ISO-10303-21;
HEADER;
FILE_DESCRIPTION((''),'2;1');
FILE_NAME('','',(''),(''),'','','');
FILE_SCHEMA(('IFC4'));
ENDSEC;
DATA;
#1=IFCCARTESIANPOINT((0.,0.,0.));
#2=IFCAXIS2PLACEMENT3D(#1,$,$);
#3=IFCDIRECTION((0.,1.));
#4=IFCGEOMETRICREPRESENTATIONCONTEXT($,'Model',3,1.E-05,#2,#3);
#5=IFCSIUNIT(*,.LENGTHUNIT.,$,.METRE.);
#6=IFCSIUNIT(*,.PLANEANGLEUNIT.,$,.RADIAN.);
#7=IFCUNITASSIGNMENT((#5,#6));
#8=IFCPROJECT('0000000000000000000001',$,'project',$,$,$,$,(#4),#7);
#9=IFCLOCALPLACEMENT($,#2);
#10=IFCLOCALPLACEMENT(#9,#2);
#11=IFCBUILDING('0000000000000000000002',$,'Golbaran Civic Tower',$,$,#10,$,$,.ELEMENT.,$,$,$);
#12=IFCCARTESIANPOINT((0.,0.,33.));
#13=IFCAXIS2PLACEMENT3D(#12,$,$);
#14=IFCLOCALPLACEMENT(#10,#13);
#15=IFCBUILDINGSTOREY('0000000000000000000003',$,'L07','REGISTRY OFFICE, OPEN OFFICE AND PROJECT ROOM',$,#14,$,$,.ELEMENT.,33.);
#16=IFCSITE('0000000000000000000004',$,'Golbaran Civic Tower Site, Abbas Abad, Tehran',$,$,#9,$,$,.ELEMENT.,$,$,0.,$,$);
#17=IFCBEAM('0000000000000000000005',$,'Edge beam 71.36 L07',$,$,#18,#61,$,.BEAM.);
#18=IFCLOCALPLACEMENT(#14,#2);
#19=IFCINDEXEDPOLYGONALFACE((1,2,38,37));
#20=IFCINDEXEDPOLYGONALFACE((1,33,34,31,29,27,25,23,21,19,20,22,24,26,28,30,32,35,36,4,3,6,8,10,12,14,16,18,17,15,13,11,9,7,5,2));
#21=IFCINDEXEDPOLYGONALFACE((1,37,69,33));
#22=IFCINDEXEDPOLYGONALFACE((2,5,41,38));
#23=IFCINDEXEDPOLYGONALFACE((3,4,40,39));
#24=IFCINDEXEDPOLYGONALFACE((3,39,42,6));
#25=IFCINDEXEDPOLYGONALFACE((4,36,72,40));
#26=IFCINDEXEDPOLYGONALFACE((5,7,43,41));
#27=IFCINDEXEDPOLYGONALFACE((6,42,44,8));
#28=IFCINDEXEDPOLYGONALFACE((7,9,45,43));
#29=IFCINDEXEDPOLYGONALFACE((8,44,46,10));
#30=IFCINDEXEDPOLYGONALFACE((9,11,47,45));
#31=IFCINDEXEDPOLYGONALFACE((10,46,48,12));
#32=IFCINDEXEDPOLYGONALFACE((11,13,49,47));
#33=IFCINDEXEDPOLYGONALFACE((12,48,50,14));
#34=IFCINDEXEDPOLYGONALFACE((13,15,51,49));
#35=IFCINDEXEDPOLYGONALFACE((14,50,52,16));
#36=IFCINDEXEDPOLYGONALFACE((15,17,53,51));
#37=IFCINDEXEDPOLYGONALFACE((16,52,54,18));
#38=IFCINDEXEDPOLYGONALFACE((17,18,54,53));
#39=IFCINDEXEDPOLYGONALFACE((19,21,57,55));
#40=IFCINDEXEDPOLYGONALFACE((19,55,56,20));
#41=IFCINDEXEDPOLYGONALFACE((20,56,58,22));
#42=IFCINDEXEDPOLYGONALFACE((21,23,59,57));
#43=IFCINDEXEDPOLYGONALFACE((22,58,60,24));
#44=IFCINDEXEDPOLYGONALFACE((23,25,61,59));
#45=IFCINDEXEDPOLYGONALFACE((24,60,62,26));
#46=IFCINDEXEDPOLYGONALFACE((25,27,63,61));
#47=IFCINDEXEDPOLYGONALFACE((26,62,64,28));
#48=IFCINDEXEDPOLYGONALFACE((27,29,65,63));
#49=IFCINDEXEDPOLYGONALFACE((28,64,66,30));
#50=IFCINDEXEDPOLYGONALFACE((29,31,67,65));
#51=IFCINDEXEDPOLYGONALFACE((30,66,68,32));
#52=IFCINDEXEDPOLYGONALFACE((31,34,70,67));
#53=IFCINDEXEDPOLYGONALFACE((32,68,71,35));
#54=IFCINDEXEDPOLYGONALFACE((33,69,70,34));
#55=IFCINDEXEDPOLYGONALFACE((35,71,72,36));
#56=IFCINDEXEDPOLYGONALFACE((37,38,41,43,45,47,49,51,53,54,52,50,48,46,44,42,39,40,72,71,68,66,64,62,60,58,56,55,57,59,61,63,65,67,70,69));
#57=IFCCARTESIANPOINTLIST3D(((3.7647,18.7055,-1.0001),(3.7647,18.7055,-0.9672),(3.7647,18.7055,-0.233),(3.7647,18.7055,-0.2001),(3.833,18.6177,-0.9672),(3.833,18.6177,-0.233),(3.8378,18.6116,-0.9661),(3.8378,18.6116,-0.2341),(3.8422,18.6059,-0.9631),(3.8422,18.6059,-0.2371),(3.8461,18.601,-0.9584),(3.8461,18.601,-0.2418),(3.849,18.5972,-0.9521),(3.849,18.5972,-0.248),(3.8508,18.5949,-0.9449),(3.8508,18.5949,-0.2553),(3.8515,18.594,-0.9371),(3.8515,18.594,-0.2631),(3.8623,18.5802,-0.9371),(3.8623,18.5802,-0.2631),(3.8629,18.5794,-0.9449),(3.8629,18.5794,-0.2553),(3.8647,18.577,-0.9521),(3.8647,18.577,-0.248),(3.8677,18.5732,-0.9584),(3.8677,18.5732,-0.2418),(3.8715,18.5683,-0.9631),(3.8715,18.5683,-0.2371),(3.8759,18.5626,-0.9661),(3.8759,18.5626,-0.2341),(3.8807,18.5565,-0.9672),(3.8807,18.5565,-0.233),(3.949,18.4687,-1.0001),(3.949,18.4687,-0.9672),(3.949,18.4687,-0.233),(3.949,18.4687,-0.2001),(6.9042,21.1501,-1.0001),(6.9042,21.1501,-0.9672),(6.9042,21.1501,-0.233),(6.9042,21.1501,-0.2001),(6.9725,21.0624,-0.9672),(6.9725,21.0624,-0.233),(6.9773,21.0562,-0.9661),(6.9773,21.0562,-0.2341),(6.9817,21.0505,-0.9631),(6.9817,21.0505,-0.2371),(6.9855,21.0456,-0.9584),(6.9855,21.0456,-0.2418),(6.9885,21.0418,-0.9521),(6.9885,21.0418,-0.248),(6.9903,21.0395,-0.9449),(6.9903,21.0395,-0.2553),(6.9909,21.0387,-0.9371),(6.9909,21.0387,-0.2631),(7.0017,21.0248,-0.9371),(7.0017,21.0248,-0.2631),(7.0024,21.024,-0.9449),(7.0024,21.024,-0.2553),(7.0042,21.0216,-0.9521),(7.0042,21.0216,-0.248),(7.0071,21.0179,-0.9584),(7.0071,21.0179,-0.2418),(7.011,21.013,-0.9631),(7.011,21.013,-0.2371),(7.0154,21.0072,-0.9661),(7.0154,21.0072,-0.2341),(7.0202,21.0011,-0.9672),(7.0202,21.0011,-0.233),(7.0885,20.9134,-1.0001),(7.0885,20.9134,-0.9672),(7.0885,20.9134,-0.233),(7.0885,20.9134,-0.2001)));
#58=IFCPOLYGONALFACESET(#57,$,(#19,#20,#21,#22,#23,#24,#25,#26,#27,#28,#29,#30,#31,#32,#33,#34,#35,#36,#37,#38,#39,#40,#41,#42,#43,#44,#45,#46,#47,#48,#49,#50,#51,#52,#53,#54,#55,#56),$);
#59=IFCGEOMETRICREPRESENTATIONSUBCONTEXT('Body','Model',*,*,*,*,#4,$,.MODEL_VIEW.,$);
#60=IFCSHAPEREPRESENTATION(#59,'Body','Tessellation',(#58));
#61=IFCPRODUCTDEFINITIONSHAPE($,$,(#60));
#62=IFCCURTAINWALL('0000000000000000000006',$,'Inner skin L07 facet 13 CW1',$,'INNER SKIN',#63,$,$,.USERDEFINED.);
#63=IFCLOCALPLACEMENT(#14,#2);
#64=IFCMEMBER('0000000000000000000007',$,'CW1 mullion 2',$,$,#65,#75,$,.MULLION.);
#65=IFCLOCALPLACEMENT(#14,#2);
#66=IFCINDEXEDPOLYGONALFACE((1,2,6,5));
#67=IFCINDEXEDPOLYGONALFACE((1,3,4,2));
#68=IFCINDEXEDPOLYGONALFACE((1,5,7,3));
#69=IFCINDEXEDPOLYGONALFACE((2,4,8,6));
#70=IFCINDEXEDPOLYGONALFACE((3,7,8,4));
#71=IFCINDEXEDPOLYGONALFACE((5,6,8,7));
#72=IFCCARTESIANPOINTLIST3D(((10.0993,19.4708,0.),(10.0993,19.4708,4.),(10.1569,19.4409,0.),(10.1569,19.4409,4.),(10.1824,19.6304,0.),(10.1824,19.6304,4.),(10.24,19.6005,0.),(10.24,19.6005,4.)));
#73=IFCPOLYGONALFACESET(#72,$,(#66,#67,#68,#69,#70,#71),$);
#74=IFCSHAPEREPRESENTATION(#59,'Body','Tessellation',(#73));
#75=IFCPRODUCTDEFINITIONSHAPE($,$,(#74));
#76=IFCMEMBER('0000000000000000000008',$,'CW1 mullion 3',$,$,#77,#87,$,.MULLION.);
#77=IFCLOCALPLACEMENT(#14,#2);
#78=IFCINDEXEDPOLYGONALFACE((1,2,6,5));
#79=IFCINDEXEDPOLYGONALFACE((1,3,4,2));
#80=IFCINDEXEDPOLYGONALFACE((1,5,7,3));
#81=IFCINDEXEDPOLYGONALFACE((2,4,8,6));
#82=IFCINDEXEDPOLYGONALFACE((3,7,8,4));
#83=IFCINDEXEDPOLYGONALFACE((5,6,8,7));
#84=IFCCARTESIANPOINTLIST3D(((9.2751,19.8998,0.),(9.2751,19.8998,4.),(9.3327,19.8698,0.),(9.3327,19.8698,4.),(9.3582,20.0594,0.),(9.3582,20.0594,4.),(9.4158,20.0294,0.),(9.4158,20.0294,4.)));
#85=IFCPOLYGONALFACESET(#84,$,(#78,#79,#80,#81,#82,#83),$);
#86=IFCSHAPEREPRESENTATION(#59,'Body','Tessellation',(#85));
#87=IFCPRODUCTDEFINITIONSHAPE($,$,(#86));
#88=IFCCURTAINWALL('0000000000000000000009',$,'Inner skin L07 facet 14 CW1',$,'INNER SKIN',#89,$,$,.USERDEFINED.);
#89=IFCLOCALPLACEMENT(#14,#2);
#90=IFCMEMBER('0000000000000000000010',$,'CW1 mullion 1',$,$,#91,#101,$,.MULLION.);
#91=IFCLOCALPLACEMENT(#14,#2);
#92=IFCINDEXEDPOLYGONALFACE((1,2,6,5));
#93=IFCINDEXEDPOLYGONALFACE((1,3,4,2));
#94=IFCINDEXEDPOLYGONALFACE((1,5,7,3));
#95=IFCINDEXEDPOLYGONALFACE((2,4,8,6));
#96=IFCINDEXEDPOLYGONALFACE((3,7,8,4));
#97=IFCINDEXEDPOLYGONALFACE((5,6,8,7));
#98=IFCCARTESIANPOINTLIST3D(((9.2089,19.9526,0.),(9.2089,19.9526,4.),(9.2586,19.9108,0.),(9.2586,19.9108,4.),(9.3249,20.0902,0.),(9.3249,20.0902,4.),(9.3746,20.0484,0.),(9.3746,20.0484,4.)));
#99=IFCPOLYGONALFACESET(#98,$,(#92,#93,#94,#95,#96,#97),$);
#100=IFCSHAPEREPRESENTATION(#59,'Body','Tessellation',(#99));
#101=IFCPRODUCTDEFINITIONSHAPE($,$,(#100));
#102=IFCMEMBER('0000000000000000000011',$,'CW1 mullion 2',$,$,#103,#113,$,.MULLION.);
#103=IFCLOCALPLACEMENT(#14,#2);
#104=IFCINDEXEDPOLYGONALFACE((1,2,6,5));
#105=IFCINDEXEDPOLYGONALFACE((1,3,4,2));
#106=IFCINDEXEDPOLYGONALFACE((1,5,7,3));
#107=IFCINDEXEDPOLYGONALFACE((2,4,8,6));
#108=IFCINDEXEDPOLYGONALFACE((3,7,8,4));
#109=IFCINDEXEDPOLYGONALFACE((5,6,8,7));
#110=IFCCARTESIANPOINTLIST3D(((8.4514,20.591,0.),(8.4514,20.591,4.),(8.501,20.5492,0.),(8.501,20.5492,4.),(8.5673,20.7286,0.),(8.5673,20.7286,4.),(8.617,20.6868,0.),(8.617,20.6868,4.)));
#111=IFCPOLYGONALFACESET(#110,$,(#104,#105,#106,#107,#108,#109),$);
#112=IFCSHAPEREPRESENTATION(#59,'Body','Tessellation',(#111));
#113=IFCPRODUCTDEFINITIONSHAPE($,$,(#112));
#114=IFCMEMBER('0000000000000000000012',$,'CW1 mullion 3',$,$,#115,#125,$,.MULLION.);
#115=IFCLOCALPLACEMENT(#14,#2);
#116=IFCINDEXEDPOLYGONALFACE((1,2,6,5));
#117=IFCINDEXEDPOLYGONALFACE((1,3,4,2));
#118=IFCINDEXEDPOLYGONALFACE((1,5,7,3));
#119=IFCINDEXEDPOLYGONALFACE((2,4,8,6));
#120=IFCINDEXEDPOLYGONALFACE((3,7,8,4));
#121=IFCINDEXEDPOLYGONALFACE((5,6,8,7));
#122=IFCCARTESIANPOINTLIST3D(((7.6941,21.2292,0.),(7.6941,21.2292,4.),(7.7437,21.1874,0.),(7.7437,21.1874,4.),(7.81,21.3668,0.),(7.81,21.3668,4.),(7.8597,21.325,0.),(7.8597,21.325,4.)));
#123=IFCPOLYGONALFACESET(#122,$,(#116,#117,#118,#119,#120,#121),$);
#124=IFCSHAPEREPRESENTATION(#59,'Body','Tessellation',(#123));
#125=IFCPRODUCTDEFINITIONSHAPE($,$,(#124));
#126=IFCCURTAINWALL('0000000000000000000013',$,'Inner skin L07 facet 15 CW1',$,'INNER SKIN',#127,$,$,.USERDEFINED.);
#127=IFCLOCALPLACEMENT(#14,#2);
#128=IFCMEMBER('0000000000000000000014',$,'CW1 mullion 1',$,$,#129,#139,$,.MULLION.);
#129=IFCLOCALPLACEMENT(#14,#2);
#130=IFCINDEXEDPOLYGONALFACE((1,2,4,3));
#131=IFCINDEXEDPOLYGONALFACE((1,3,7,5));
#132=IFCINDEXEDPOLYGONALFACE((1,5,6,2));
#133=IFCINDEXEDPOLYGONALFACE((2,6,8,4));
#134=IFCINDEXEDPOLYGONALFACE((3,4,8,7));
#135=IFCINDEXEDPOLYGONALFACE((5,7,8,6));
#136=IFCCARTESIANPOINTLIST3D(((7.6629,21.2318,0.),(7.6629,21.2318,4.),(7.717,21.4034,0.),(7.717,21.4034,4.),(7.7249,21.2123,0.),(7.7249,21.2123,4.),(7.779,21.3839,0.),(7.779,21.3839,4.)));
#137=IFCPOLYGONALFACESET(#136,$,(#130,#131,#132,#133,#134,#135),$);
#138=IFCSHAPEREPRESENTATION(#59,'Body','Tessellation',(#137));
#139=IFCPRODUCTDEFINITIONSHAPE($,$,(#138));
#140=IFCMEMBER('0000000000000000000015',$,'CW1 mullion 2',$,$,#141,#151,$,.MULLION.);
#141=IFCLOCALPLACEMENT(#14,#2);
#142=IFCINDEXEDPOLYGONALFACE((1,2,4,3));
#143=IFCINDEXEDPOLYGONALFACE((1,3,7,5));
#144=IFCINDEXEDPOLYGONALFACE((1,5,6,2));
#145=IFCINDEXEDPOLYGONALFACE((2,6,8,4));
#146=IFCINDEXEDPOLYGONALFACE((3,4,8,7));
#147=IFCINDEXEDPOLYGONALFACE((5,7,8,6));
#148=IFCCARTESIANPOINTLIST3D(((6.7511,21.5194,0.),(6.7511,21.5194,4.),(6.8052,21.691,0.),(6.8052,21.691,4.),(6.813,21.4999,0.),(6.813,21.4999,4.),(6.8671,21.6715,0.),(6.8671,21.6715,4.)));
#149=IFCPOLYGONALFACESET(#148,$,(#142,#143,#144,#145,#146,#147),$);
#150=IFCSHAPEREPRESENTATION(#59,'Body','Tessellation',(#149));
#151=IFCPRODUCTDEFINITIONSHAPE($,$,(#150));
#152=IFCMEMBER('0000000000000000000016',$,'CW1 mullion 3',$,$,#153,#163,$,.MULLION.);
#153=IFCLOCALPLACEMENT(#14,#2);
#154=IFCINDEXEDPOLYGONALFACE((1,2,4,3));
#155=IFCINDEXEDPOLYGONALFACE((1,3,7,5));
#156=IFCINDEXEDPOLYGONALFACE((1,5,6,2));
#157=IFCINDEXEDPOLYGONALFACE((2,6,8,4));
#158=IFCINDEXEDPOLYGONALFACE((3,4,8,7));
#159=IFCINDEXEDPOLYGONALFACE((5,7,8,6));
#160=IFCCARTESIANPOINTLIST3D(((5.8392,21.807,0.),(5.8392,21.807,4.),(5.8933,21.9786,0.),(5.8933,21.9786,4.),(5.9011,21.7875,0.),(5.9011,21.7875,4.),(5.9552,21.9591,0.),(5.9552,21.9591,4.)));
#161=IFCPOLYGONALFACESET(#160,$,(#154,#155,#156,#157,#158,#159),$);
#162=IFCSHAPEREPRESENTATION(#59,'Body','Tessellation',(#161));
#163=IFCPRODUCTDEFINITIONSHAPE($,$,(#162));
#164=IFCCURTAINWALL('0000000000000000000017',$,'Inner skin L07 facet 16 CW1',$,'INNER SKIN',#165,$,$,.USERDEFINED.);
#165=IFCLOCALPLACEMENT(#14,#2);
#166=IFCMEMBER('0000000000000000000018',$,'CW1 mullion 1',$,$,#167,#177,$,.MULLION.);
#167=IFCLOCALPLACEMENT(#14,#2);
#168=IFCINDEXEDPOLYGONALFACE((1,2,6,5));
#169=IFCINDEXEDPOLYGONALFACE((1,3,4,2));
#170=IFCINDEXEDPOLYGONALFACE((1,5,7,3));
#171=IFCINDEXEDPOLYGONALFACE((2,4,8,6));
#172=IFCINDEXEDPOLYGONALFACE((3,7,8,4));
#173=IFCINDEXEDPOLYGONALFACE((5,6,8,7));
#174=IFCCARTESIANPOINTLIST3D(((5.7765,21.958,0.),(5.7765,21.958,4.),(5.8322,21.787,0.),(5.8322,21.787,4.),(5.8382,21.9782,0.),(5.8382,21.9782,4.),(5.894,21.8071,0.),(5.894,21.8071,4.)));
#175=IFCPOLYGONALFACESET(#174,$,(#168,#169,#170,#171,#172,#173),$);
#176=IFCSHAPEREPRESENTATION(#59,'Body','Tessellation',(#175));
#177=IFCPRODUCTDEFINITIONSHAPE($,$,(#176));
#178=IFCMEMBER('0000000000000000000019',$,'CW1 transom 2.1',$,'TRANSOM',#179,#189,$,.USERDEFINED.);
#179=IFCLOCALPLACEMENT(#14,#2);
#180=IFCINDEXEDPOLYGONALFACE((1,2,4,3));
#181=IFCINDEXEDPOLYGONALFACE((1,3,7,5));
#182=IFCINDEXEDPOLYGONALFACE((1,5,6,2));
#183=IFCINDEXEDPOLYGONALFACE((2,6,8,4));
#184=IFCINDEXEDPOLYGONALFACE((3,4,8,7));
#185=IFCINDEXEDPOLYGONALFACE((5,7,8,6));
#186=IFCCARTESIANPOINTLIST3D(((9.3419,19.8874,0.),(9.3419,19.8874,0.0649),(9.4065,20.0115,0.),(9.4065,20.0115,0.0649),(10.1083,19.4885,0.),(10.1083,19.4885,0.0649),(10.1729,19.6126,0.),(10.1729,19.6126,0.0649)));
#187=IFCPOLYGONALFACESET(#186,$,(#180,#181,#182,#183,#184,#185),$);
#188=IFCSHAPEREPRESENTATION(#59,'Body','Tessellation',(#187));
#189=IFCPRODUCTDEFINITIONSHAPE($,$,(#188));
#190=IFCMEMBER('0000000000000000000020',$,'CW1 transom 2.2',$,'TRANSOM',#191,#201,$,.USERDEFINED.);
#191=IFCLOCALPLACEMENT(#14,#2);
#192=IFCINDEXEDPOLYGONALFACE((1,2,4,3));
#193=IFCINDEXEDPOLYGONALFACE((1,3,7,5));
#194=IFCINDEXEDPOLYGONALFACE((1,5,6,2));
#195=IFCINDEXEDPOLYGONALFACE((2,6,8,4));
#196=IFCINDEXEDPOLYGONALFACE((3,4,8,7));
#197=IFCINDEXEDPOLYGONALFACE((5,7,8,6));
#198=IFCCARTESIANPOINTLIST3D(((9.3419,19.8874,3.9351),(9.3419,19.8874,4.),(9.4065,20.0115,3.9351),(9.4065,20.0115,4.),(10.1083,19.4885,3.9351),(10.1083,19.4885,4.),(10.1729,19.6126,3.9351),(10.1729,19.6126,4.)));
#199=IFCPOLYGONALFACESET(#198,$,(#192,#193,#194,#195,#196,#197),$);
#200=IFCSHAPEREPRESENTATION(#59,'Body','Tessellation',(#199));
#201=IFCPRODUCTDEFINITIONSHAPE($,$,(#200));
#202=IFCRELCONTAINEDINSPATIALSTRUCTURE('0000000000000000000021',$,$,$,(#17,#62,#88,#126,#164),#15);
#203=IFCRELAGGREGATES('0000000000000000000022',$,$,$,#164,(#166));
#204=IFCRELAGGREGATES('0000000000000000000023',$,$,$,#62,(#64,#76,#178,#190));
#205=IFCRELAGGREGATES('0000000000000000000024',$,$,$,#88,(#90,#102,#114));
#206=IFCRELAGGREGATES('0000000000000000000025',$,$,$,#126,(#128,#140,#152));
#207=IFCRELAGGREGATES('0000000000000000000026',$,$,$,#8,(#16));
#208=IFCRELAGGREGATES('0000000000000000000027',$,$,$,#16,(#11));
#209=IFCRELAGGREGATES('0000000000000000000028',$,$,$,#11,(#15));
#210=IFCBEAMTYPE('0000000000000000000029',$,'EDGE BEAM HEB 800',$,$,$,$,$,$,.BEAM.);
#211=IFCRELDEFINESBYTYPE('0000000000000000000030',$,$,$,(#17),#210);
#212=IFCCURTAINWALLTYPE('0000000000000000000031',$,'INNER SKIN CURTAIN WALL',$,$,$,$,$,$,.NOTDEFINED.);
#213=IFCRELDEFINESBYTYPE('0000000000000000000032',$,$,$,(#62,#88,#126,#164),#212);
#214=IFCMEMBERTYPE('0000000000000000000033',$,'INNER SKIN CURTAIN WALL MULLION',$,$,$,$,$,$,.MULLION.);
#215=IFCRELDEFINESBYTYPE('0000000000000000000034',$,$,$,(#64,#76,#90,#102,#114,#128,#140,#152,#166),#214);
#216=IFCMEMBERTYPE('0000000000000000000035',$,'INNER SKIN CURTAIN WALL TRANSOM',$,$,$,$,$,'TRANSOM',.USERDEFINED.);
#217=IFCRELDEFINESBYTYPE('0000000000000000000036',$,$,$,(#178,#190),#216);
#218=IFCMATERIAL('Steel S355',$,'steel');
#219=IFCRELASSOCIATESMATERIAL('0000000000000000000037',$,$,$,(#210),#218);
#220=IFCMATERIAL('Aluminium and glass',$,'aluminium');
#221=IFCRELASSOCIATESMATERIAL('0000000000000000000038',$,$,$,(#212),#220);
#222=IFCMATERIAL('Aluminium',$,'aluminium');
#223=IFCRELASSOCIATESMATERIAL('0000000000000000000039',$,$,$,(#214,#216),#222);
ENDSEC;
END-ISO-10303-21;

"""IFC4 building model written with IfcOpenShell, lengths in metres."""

from ifc_helpers import new_model, si_unit, direction, frame, origin, origin_2d, place, context, subcontext, project, spatial, rectangle, i_section, extrude, material, material_profile, profile_set, type_object, element, aggregate, save


model = new_model("IFC4")

# Units and contexts
model_context = context("Model", 3, precision=1e-05, world=origin(), true_north=direction((0.0, 1.0)))
body_context = subcontext(model_context, "Body", "Model", "MODEL_VIEW")
ifc_project = project(units=[si_unit("LENGTHUNIT", "METRE"), si_unit("PLANEANGLEUNIT", "RADIAN")], contexts=[model_context])

# Site, building, storey
site_placement = place(None, origin())
site = spatial("IfcSite", under=ifc_project, at=site_placement, Name="Golbaran Civic Tower Site, Abbas Abad, Tehran", CompositionType="ELEMENT", RefElevation=0.0)
building_placement = place(site_placement, origin())
building = spatial("IfcBuilding", under=site, at=building_placement, Name="Golbaran Civic Tower", CompositionType="ELEMENT")
storey_placement = place(building_placement, frame((0.0, 0.0, 33.0)))
storey = spatial("IfcBuildingStorey", under=building, at=storey_placement, Name="L07", Description="REGISTRY OFFICE, OPEN OFFICE AND PROJECT ROOM", CompositionType="ELEMENT", Elevation=33.0)

# Beam
ifc_material_1 = material(Name="Steel S355", Category="steel")
ifc_material_profile_1 = material_profile(ifc_material_1, i_section(OverallWidth=0.3, OverallDepth=0.8, WebThickness=0.0176, FlangeThickness=0.033, FilletRadius=0.03, at=origin_2d()), Name="HEB 800")
ifc_profile_set_1 = profile_set([ifc_material_profile_1], Name="Steel S355")
beam_type = type_object("IfcBeamType", Name="EDGE BEAM HEB 800", PredefinedType="BEAM", material=ifc_profile_set_1)
beam_placement = place(storey_placement, frame((6.9963, 21.0317, -0.6001), z_axis=(-0.789008, -0.614382, 0.0), x_axis=(0.614382, -0.789008, 0.0)))
element("IfcBeam", 1, at=beam_placement, inside=storey, type_object=beam_type, Name="Edge beam 71.36 L07", PredefinedType="BEAM", context=body_context, shape_type="SweptSolid", body=[
    extrude(i_section(OverallWidth=0.3, OverallDepth=0.8, WebThickness=0.0176, FlangeThickness=0.033, FilletRadius=0.03, at=origin_2d()), origin(), (0.0, 0.0, 1.0), 3.979),
])

# Curtain walls, members
ifc_material_2 = material(Name="Aluminium and glass", Category="aluminium")
curtain_wall_type = type_object("IfcCurtainWallType", Name="INNER SKIN CURTAIN WALL", PredefinedType="NOTDEFINED", material=ifc_material_2)
curtain_wall_1_placement = place(storey_placement, origin())
curtain_wall_1 = element("IfcCurtainWall", 2, at=curtain_wall_1_placement, inside=storey, type_object=curtain_wall_type, Name="Inner skin L07 facet 13 CW1", ObjectType="INNER SKIN", PredefinedType="USERDEFINED")
ifc_material_3 = material(Name="Aluminium", Category="aluminium")
ifc_material_profile_2 = material_profile(ifc_material_3, rectangle(XDim=0.1799, YDim=0.0649, at=origin_2d()), Name="INNER SKIN CURTAIN WALL MULLION")
ifc_profile_set_2 = profile_set([ifc_material_profile_2], Name="Aluminium")
member_type_1 = type_object("IfcMemberType", Name="INNER SKIN CURTAIN WALL MULLION", PredefinedType="MULLION", material=ifc_profile_set_2)
member_1_placement = place(storey_placement, frame((10.1697, 19.5356, 0.0), z_axis=(0.0, 0.0, 1.0), x_axis=(-0.461749, -0.887011, 0.0)))
member_1 = element("IfcMember", 3, at=member_1_placement, type_object=member_type_1, Name="CW1 mullion 2", PredefinedType="MULLION", context=body_context, shape_type="SweptSolid", body=[
    extrude(rectangle(XDim=0.1799, YDim=0.0649, at=origin_2d()), origin(), (0.0, 0.0, 1.0), 4.0),
])
member_2_placement = place(storey_placement, frame((9.3455, 19.9646, 0.0), z_axis=(0.0, 0.0, 1.0), x_axis=(-0.461749, -0.887011, 0.0)))
member_2 = element("IfcMember", 4, at=member_2_placement, type_object=member_type_1, Name="CW1 mullion 3", PredefinedType="MULLION", context=body_context, shape_type="SweptSolid", body=[
    extrude(rectangle(XDim=0.1799, YDim=0.0649, at=origin_2d()), origin(), (0.0, 0.0, 1.0), 4.0),
])
curtain_wall_2_placement = place(storey_placement, origin())
curtain_wall_2 = element("IfcCurtainWall", 5, at=curtain_wall_2_placement, inside=storey, type_object=curtain_wall_type, Name="Inner skin L07 facet 14 CW1", ObjectType="INNER SKIN", PredefinedType="USERDEFINED")
member_3_placement = place(storey_placement, frame((9.2917, 20.0005, 0.0), z_axis=(0.0, 0.0, 1.0), x_axis=(-0.644395, -0.764692, 0.0)))
member_3 = element("IfcMember", 6, at=member_3_placement, type_object=member_type_1, Name="CW1 mullion 1", PredefinedType="MULLION", context=body_context, shape_type="SweptSolid", body=[
    extrude(rectangle(XDim=0.1799, YDim=0.0649, at=origin_2d()), origin(), (0.0, 0.0, 1.0), 4.0),
])
member_4_placement = place(storey_placement, frame((8.5342, 20.6389, 0.0), z_axis=(0.0, 0.0, 1.0), x_axis=(-0.644395, -0.764692, 0.0)))
member_4 = element("IfcMember", 7, at=member_4_placement, type_object=member_type_1, Name="CW1 mullion 2", PredefinedType="MULLION", context=body_context, shape_type="SweptSolid", body=[
    extrude(rectangle(XDim=0.1799, YDim=0.0649, at=origin_2d()), origin(), (0.0, 0.0, 1.0), 4.0),
])
member_5_placement = place(storey_placement, frame((7.7769, 21.2771, 0.0), z_axis=(0.0, 0.0, 1.0), x_axis=(-0.644395, -0.764692, 0.0)))
member_5 = element("IfcMember", 8, at=member_5_placement, type_object=member_type_1, Name="CW1 mullion 3", PredefinedType="MULLION", context=body_context, shape_type="SweptSolid", body=[
    extrude(rectangle(XDim=0.1799, YDim=0.0649, at=origin_2d()), origin(), (0.0, 0.0, 1.0), 4.0),
])
curtain_wall_3_placement = place(storey_placement, origin())
curtain_wall_3 = element("IfcCurtainWall", 9, at=curtain_wall_3_placement, inside=storey, type_object=curtain_wall_type, Name="Inner skin L07 facet 15 CW1", ObjectType="INNER SKIN", PredefinedType="USERDEFINED")
member_6_placement = place(storey_placement, frame((7.7209, 21.3079, 0.0), z_axis=(0.0, 0.0, 1.0), x_axis=(-0.300706, -0.953717, 0.0)))
member_6 = element("IfcMember", 10, at=member_6_placement, type_object=member_type_1, Name="CW1 mullion 1", PredefinedType="MULLION", context=body_context, shape_type="SweptSolid", body=[
    extrude(rectangle(XDim=0.1799, YDim=0.0649, at=origin_2d()), origin(), (0.0, 0.0, 1.0), 4.0),
])
member_7_placement = place(storey_placement, frame((6.8091, 21.5955, 0.0), z_axis=(0.0, 0.0, 1.0), x_axis=(-0.300706, -0.953717, 0.0)))
member_7 = element("IfcMember", 11, at=member_7_placement, type_object=member_type_1, Name="CW1 mullion 2", PredefinedType="MULLION", context=body_context, shape_type="SweptSolid", body=[
    extrude(rectangle(XDim=0.1799, YDim=0.0649, at=origin_2d()), origin(), (0.0, 0.0, 1.0), 4.0),
])
member_8_placement = place(storey_placement, frame((5.8972, 21.8831, 0.0), z_axis=(0.0, 0.0, 1.0), x_axis=(-0.300706, -0.953717, 0.0)))
member_8 = element("IfcMember", 12, at=member_8_placement, type_object=member_type_1, Name="CW1 mullion 3", PredefinedType="MULLION", context=body_context, shape_type="SweptSolid", body=[
    extrude(rectangle(XDim=0.1799, YDim=0.0649, at=origin_2d()), origin(), (0.0, 0.0, 1.0), 4.0),
])

# Curtain wall, member
curtain_wall_4_placement = place(storey_placement, origin())
curtain_wall_4 = element("IfcCurtainWall", 13, at=curtain_wall_4_placement, inside=storey, type_object=curtain_wall_type, Name="Inner skin L07 facet 16 CW1", ObjectType="INNER SKIN", PredefinedType="USERDEFINED")
member_9_placement = place(storey_placement, frame((5.8352, 21.8826, 0.0), z_axis=(0.0, 0.0, 1.0), x_axis=(0.309925, -0.950761, 0.0)))
member_9 = element("IfcMember", 14, at=member_9_placement, type_object=member_type_1, Name="CW1 mullion 1", PredefinedType="MULLION", context=body_context, shape_type="SweptSolid", body=[
    extrude(rectangle(XDim=0.1799, YDim=0.0649, at=origin_2d()), origin(), (0.0, 0.0, 1.0), 4.0),
])

# Members
ifc_material_profile_3 = material_profile(ifc_material_3, rectangle(XDim=0.1399, YDim=0.0649, at=origin_2d()), Name="INNER SKIN CURTAIN WALL TRANSOM")
ifc_profile_set_3 = profile_set([ifc_material_profile_3], Name="Aluminium")
member_type_2 = type_object("IfcMemberType", Name="INNER SKIN CURTAIN WALL TRANSOM", ElementType="TRANSOM", PredefinedType="USERDEFINED", material=ifc_profile_set_3)
member_10_placement = place(storey_placement, frame((10.1406, 19.5505, 0.0325), z_axis=(-0.887018, 0.461735, 0.0), x_axis=(-0.461735, -0.887018, 0.0)))
member_10 = element("IfcMember", 15, at=member_10_placement, type_object=member_type_2, Name="CW1 transom 2.1", ObjectType="TRANSOM", PredefinedType="USERDEFINED", context=body_context, shape_type="SweptSolid", body=[
    extrude(rectangle(XDim=0.1399, YDim=0.0649, at=origin_2d()), origin(), (0.0, 0.0, 1.0), 0.864),
])
member_11_placement = place(storey_placement, frame((10.1406, 19.5505, 3.9675), z_axis=(-0.887018, 0.461735, 0.0), x_axis=(-0.461735, -0.887018, 0.0)))
member_11 = element("IfcMember", 16, at=member_11_placement, type_object=member_type_2, Name="CW1 transom 2.2", ObjectType="TRANSOM", PredefinedType="USERDEFINED", context=body_context, shape_type="SweptSolid", body=[
    extrude(rectangle(XDim=0.1399, YDim=0.0649, at=origin_2d()), origin(), (0.0, 0.0, 1.0), 0.864),
])
aggregate(curtain_wall_4, [member_9])

aggregate(curtain_wall_1, [member_1, member_2, member_10, member_11])
aggregate(curtain_wall_2, [member_3, member_4, member_5])
aggregate(curtain_wall_3, [member_6, member_7, member_8])

save(model, "model.ifc")
